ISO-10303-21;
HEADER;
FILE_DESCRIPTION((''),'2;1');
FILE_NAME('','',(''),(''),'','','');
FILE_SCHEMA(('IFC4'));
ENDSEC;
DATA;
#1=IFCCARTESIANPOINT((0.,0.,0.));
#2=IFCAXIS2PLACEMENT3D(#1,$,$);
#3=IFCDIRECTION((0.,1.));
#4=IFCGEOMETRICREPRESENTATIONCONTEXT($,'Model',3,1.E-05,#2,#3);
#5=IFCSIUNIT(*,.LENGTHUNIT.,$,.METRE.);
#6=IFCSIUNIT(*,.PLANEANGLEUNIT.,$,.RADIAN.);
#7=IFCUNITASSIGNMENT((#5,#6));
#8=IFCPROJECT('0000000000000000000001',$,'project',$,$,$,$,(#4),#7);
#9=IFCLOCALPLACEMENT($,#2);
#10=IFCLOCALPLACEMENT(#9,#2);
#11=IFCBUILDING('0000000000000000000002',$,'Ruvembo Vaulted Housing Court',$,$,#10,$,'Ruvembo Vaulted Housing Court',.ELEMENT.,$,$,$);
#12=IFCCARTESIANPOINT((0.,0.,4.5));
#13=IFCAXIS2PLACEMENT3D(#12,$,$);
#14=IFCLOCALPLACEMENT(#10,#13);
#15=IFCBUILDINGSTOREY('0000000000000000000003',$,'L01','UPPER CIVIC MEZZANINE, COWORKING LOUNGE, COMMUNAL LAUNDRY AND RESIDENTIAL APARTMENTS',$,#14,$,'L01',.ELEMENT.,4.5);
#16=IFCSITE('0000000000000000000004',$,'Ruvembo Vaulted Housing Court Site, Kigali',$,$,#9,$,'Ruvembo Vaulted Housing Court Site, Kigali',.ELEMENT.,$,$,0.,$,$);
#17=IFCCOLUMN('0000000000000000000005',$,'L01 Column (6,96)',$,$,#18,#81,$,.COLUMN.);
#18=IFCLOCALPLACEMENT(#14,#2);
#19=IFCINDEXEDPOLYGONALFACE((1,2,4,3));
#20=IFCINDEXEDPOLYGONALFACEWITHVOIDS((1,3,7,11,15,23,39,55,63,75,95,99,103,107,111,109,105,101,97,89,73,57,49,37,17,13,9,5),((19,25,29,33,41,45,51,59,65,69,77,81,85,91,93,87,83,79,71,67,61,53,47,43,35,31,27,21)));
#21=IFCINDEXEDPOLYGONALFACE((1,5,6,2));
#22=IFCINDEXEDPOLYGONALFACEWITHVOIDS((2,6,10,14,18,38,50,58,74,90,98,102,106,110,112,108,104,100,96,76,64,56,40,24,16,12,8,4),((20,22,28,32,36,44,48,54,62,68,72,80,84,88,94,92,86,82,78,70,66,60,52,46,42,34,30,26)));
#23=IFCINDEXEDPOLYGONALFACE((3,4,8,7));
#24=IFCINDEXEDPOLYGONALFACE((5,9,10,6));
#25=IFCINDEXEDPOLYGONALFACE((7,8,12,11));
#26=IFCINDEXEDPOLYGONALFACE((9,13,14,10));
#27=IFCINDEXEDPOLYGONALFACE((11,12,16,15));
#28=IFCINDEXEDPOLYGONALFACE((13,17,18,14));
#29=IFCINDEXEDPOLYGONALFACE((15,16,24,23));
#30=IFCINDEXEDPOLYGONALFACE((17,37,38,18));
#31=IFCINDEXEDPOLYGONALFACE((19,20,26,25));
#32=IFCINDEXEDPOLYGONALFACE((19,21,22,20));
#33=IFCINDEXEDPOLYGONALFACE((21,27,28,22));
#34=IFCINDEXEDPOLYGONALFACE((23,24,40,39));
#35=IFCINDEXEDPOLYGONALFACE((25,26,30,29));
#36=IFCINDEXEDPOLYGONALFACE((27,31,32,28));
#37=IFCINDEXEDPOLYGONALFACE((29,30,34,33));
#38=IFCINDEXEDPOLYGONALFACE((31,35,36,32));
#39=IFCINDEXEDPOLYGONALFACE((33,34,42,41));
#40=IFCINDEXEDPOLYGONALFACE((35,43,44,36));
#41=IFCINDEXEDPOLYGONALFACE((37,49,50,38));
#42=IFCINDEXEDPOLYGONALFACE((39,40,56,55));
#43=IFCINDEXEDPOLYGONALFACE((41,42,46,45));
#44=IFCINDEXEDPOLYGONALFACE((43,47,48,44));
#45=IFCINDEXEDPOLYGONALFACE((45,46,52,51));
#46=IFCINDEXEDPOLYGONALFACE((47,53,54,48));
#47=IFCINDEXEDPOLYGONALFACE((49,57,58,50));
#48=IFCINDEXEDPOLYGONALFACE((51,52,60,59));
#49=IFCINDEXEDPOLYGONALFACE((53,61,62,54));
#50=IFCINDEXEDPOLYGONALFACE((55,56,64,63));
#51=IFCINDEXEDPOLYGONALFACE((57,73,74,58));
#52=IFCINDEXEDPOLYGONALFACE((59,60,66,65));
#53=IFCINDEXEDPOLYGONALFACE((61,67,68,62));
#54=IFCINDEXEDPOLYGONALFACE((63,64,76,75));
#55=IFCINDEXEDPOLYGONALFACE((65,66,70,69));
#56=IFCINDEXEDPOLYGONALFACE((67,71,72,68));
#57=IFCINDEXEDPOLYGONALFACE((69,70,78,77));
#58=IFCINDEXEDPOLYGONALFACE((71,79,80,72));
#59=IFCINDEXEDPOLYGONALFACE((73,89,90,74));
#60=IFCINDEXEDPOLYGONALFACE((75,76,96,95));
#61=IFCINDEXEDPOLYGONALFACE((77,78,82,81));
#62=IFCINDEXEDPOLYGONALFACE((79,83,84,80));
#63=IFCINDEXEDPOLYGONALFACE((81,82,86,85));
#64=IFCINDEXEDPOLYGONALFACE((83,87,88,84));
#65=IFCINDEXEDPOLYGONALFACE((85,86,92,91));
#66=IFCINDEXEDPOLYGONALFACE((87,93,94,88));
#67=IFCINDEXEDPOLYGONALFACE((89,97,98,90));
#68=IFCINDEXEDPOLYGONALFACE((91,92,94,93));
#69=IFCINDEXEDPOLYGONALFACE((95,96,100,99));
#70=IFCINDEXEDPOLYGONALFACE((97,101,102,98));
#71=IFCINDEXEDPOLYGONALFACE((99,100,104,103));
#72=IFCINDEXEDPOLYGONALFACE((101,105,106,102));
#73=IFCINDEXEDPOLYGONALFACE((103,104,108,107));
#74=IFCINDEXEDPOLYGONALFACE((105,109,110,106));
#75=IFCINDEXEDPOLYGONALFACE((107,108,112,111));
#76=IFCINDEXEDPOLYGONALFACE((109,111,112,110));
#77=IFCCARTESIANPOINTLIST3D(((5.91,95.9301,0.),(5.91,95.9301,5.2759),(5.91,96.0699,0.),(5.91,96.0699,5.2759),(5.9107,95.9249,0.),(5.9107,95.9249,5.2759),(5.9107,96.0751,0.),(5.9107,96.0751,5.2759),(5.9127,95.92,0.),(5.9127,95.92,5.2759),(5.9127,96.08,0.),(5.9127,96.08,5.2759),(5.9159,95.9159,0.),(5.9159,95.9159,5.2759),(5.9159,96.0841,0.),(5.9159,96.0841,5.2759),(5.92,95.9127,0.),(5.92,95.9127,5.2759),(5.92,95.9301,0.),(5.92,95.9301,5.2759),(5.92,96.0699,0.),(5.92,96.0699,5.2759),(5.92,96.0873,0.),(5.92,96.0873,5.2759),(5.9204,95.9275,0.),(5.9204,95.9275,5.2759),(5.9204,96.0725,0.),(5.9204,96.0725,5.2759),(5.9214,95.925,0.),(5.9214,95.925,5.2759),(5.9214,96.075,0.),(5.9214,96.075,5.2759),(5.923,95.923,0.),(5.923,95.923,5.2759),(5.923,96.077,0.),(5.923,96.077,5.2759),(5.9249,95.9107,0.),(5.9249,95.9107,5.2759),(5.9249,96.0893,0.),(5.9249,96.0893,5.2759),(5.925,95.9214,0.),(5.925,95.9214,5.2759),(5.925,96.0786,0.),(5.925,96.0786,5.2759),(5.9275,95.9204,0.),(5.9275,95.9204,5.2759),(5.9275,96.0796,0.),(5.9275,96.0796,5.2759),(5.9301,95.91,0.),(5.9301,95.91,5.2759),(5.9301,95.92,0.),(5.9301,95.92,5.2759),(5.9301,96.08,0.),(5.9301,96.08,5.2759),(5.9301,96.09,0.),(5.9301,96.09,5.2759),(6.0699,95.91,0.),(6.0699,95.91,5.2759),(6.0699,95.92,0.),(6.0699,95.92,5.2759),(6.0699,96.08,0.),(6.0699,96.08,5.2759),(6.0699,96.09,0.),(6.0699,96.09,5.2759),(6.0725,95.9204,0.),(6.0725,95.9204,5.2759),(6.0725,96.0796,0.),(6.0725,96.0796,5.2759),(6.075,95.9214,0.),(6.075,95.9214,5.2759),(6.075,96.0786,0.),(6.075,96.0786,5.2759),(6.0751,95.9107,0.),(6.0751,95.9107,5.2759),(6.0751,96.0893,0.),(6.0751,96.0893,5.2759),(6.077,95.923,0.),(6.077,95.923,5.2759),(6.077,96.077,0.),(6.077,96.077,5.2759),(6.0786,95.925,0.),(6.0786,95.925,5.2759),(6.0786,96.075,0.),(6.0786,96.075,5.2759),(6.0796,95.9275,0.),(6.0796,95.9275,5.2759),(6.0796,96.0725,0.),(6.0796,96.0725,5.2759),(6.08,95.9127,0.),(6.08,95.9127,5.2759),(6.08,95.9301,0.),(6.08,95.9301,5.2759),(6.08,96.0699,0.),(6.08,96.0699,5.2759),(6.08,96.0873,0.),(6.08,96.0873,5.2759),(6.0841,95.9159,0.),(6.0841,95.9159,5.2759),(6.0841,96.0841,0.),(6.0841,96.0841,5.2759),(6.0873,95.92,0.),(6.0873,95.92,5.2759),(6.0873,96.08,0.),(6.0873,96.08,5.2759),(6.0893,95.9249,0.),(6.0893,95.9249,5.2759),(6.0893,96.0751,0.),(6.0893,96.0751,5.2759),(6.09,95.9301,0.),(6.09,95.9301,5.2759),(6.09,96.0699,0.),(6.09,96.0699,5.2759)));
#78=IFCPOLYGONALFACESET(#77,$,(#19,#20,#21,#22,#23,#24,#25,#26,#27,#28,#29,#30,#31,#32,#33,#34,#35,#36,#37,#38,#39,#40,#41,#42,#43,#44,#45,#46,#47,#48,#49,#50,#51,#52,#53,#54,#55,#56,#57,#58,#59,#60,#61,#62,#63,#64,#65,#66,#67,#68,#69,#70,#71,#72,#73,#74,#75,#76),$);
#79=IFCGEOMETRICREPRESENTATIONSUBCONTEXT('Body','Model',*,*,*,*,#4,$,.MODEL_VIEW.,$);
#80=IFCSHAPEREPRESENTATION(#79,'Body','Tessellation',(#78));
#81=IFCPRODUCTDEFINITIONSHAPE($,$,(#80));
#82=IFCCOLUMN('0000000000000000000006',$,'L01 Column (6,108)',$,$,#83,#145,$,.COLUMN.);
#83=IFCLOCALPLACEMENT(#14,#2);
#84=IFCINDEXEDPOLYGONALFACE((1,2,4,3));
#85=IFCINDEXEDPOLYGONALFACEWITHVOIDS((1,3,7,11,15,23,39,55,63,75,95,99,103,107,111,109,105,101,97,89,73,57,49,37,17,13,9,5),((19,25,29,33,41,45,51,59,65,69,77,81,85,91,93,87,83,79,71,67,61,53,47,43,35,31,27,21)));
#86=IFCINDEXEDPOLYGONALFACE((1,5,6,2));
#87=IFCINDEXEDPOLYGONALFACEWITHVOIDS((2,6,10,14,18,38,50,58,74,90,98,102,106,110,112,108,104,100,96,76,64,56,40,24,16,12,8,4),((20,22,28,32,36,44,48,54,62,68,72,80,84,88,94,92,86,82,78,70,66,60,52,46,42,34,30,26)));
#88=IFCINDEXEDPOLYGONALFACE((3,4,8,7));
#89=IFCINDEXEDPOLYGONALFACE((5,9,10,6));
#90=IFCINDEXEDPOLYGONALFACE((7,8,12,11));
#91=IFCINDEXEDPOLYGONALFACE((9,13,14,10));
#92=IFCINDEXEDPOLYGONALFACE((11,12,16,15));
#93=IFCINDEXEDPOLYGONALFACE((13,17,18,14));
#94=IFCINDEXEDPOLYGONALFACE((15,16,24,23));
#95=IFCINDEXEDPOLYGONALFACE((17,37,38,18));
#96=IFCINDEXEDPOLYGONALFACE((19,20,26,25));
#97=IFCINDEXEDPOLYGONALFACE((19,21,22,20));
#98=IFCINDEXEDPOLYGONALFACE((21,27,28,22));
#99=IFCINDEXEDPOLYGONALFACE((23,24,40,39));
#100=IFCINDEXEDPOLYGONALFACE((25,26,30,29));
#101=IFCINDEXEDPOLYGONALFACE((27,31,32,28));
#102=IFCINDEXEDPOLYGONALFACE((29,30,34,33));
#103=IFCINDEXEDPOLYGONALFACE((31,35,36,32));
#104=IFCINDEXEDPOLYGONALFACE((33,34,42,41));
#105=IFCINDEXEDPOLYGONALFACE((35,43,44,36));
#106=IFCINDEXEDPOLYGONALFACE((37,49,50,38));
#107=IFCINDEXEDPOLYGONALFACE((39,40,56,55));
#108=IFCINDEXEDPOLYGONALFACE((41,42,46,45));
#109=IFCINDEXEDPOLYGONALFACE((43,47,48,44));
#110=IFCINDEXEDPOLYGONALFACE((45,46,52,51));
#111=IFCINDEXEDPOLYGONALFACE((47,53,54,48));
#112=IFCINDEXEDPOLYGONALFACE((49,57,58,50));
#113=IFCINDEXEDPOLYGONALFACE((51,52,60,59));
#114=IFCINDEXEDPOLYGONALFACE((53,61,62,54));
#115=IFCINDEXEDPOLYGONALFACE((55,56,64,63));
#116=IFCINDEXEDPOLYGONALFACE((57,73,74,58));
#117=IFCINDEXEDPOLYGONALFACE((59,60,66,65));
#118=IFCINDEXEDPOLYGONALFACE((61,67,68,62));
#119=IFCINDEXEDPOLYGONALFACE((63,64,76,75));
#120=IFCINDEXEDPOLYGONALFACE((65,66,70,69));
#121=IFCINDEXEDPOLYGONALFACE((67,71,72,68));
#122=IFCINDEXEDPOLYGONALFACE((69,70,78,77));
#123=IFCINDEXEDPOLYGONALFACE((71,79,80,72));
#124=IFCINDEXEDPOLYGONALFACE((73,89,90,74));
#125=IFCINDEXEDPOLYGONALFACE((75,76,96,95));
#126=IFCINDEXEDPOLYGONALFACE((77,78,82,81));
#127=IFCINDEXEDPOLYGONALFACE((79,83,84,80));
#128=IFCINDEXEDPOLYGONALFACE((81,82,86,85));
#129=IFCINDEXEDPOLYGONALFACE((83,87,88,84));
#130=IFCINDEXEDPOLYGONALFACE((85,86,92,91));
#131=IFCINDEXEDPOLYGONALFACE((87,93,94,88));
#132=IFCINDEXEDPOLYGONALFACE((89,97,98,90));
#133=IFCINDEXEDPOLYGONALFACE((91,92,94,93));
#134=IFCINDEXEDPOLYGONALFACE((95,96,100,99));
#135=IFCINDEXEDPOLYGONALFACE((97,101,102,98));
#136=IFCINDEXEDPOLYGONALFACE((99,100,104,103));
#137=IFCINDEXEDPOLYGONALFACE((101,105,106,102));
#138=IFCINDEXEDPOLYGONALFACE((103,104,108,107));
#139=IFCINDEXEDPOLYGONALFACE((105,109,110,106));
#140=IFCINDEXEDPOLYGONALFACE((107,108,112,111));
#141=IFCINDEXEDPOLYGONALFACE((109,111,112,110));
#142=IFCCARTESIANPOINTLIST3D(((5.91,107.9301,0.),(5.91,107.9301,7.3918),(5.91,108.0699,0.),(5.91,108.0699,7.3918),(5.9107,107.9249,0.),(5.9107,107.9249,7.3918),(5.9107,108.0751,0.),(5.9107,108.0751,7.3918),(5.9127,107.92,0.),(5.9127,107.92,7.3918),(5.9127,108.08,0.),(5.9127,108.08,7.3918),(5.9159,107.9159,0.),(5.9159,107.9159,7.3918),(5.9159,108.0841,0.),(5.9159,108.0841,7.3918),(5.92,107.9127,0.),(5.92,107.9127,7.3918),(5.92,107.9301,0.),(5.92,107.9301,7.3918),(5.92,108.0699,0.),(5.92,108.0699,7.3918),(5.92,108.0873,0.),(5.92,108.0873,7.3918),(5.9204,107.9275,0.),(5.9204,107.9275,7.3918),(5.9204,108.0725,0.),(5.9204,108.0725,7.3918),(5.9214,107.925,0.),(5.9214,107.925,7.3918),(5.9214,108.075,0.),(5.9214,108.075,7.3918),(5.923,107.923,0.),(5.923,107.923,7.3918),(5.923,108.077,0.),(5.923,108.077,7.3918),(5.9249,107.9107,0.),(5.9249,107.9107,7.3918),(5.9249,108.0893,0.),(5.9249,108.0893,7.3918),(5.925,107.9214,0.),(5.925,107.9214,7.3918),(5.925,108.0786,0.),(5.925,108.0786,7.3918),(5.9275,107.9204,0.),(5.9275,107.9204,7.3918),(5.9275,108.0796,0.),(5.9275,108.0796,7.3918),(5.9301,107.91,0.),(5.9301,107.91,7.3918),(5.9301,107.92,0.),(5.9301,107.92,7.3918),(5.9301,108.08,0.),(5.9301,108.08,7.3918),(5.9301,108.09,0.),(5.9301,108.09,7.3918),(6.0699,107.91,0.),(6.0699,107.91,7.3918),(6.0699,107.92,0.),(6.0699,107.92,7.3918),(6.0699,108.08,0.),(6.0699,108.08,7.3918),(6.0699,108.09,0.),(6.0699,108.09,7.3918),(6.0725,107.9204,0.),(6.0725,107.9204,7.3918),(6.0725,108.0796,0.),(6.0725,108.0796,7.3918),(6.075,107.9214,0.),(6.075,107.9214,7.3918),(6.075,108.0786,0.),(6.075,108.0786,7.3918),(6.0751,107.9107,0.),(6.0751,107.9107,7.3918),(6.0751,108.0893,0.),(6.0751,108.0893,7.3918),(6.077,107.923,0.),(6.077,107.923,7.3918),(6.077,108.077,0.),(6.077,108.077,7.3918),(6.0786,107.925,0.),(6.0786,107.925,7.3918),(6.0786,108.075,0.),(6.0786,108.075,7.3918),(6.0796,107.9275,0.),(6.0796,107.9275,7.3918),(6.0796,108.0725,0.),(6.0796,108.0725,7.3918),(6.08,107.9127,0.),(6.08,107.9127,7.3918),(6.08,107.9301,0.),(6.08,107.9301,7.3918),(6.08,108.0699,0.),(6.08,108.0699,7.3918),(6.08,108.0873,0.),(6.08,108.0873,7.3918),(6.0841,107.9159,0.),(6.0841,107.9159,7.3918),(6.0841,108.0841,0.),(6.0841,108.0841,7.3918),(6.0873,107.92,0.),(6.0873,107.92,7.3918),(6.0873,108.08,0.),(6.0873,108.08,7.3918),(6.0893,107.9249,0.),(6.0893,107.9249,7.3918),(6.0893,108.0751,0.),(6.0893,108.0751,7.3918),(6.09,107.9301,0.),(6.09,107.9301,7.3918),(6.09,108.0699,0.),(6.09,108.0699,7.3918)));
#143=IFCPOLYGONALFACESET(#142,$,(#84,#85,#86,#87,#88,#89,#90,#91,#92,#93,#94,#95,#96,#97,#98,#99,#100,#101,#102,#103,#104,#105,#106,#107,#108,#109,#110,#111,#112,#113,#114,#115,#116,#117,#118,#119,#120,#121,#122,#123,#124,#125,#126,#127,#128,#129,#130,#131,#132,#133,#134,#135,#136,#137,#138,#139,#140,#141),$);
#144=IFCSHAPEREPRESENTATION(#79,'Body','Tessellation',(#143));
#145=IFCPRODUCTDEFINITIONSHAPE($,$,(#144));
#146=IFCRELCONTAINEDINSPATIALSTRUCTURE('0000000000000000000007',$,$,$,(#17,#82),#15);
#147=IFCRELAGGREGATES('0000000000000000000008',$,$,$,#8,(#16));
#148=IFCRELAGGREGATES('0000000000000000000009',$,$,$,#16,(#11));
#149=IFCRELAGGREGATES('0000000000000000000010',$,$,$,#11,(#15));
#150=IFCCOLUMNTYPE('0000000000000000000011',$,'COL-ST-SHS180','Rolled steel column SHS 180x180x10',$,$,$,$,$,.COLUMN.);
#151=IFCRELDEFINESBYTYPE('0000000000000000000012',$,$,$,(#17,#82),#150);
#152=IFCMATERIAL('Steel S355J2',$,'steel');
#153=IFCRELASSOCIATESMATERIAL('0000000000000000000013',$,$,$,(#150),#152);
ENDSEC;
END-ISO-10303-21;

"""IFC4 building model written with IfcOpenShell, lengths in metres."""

from ifc_helpers import new_model, si_unit, direction, frame, origin, origin_2d, place, context, subcontext, project, spatial, hollow_rectangle, extrude, material, material_profile, profile_set, type_object, element, save


model = new_model("IFC4")

# Units and contexts
model_context = context("Model", 3, precision=1e-05, world=origin(), true_north=direction((0.0, 1.0)))
body_context = subcontext(model_context, "Body", "Model", "MODEL_VIEW")
ifc_project = project(units=[si_unit("LENGTHUNIT", "METRE"), si_unit("PLANEANGLEUNIT", "RADIAN")], contexts=[model_context])

# Site, building, storey
site_placement = place(None, origin())
site = spatial("IfcSite", under=ifc_project, at=site_placement, Name="Ruvembo Vaulted Housing Court Site, Kigali", LongName="Ruvembo Vaulted Housing Court Site, Kigali", CompositionType="ELEMENT", RefElevation=0.0)
building_placement = place(site_placement, origin())
building = spatial("IfcBuilding", under=site, at=building_placement, Name="Ruvembo Vaulted Housing Court", LongName="Ruvembo Vaulted Housing Court", CompositionType="ELEMENT")
storey_placement = place(building_placement, frame((0.0, 0.0, 4.5)))
storey = spatial("IfcBuildingStorey", under=building, at=storey_placement, Name="L01", Description="UPPER CIVIC MEZZANINE, COWORKING LOUNGE, COMMUNAL LAUNDRY AND RESIDENTIAL APARTMENTS", LongName="L01", CompositionType="ELEMENT", Elevation=4.5)

# Columns
ifc_material_1 = material(Name="Steel S355J2", Category="steel")
ifc_material_profile_1 = material_profile(ifc_material_1, hollow_rectangle(XDim=0.1799, YDim=0.1799, WallThickness=0.01, InnerFilletRadius=0.01, OuterFilletRadius=0.02, at=origin_2d()), Name="SHS 180x180x10")
ifc_profile_set_1 = profile_set([ifc_material_profile_1], Name="Steel S355J2")
column_type = type_object("IfcColumnType", Name="COL-ST-SHS180", Description="Rolled steel column SHS 180x180x10", PredefinedType="COLUMN", material=ifc_profile_set_1)
column_1_placement = place(storey_placement, frame((6.0, 96.0, 0.0), z_axis=(0.0, 0.0, 1.0), x_axis=(1.0, 0.0, 0.0)))
element("IfcColumn", 1, at=column_1_placement, inside=storey, type_object=column_type, Name="L01 Column (6,96)", PredefinedType="COLUMN", context=body_context, shape_type="SweptSolid", body=[
    extrude(hollow_rectangle(XDim=0.1799, YDim=0.1799, WallThickness=0.01, InnerFilletRadius=0.01, OuterFilletRadius=0.02, at=origin_2d()), origin(), (0.0, 0.0, 1.0), 5.2759),
])
column_2_placement = place(storey_placement, frame((6.0, 108.0, 0.0), z_axis=(0.0, 0.0, 1.0), x_axis=(1.0, 0.0, 0.0)))
element("IfcColumn", 2, at=column_2_placement, inside=storey, type_object=column_type, Name="L01 Column (6,108)", PredefinedType="COLUMN", context=body_context, shape_type="SweptSolid", body=[
    extrude(hollow_rectangle(XDim=0.1799, YDim=0.1799, WallThickness=0.01, InnerFilletRadius=0.01, OuterFilletRadius=0.02, at=origin_2d()), origin(), (0.0, 0.0, 1.0), 7.3918),
])

save(model, "model.ifc")
